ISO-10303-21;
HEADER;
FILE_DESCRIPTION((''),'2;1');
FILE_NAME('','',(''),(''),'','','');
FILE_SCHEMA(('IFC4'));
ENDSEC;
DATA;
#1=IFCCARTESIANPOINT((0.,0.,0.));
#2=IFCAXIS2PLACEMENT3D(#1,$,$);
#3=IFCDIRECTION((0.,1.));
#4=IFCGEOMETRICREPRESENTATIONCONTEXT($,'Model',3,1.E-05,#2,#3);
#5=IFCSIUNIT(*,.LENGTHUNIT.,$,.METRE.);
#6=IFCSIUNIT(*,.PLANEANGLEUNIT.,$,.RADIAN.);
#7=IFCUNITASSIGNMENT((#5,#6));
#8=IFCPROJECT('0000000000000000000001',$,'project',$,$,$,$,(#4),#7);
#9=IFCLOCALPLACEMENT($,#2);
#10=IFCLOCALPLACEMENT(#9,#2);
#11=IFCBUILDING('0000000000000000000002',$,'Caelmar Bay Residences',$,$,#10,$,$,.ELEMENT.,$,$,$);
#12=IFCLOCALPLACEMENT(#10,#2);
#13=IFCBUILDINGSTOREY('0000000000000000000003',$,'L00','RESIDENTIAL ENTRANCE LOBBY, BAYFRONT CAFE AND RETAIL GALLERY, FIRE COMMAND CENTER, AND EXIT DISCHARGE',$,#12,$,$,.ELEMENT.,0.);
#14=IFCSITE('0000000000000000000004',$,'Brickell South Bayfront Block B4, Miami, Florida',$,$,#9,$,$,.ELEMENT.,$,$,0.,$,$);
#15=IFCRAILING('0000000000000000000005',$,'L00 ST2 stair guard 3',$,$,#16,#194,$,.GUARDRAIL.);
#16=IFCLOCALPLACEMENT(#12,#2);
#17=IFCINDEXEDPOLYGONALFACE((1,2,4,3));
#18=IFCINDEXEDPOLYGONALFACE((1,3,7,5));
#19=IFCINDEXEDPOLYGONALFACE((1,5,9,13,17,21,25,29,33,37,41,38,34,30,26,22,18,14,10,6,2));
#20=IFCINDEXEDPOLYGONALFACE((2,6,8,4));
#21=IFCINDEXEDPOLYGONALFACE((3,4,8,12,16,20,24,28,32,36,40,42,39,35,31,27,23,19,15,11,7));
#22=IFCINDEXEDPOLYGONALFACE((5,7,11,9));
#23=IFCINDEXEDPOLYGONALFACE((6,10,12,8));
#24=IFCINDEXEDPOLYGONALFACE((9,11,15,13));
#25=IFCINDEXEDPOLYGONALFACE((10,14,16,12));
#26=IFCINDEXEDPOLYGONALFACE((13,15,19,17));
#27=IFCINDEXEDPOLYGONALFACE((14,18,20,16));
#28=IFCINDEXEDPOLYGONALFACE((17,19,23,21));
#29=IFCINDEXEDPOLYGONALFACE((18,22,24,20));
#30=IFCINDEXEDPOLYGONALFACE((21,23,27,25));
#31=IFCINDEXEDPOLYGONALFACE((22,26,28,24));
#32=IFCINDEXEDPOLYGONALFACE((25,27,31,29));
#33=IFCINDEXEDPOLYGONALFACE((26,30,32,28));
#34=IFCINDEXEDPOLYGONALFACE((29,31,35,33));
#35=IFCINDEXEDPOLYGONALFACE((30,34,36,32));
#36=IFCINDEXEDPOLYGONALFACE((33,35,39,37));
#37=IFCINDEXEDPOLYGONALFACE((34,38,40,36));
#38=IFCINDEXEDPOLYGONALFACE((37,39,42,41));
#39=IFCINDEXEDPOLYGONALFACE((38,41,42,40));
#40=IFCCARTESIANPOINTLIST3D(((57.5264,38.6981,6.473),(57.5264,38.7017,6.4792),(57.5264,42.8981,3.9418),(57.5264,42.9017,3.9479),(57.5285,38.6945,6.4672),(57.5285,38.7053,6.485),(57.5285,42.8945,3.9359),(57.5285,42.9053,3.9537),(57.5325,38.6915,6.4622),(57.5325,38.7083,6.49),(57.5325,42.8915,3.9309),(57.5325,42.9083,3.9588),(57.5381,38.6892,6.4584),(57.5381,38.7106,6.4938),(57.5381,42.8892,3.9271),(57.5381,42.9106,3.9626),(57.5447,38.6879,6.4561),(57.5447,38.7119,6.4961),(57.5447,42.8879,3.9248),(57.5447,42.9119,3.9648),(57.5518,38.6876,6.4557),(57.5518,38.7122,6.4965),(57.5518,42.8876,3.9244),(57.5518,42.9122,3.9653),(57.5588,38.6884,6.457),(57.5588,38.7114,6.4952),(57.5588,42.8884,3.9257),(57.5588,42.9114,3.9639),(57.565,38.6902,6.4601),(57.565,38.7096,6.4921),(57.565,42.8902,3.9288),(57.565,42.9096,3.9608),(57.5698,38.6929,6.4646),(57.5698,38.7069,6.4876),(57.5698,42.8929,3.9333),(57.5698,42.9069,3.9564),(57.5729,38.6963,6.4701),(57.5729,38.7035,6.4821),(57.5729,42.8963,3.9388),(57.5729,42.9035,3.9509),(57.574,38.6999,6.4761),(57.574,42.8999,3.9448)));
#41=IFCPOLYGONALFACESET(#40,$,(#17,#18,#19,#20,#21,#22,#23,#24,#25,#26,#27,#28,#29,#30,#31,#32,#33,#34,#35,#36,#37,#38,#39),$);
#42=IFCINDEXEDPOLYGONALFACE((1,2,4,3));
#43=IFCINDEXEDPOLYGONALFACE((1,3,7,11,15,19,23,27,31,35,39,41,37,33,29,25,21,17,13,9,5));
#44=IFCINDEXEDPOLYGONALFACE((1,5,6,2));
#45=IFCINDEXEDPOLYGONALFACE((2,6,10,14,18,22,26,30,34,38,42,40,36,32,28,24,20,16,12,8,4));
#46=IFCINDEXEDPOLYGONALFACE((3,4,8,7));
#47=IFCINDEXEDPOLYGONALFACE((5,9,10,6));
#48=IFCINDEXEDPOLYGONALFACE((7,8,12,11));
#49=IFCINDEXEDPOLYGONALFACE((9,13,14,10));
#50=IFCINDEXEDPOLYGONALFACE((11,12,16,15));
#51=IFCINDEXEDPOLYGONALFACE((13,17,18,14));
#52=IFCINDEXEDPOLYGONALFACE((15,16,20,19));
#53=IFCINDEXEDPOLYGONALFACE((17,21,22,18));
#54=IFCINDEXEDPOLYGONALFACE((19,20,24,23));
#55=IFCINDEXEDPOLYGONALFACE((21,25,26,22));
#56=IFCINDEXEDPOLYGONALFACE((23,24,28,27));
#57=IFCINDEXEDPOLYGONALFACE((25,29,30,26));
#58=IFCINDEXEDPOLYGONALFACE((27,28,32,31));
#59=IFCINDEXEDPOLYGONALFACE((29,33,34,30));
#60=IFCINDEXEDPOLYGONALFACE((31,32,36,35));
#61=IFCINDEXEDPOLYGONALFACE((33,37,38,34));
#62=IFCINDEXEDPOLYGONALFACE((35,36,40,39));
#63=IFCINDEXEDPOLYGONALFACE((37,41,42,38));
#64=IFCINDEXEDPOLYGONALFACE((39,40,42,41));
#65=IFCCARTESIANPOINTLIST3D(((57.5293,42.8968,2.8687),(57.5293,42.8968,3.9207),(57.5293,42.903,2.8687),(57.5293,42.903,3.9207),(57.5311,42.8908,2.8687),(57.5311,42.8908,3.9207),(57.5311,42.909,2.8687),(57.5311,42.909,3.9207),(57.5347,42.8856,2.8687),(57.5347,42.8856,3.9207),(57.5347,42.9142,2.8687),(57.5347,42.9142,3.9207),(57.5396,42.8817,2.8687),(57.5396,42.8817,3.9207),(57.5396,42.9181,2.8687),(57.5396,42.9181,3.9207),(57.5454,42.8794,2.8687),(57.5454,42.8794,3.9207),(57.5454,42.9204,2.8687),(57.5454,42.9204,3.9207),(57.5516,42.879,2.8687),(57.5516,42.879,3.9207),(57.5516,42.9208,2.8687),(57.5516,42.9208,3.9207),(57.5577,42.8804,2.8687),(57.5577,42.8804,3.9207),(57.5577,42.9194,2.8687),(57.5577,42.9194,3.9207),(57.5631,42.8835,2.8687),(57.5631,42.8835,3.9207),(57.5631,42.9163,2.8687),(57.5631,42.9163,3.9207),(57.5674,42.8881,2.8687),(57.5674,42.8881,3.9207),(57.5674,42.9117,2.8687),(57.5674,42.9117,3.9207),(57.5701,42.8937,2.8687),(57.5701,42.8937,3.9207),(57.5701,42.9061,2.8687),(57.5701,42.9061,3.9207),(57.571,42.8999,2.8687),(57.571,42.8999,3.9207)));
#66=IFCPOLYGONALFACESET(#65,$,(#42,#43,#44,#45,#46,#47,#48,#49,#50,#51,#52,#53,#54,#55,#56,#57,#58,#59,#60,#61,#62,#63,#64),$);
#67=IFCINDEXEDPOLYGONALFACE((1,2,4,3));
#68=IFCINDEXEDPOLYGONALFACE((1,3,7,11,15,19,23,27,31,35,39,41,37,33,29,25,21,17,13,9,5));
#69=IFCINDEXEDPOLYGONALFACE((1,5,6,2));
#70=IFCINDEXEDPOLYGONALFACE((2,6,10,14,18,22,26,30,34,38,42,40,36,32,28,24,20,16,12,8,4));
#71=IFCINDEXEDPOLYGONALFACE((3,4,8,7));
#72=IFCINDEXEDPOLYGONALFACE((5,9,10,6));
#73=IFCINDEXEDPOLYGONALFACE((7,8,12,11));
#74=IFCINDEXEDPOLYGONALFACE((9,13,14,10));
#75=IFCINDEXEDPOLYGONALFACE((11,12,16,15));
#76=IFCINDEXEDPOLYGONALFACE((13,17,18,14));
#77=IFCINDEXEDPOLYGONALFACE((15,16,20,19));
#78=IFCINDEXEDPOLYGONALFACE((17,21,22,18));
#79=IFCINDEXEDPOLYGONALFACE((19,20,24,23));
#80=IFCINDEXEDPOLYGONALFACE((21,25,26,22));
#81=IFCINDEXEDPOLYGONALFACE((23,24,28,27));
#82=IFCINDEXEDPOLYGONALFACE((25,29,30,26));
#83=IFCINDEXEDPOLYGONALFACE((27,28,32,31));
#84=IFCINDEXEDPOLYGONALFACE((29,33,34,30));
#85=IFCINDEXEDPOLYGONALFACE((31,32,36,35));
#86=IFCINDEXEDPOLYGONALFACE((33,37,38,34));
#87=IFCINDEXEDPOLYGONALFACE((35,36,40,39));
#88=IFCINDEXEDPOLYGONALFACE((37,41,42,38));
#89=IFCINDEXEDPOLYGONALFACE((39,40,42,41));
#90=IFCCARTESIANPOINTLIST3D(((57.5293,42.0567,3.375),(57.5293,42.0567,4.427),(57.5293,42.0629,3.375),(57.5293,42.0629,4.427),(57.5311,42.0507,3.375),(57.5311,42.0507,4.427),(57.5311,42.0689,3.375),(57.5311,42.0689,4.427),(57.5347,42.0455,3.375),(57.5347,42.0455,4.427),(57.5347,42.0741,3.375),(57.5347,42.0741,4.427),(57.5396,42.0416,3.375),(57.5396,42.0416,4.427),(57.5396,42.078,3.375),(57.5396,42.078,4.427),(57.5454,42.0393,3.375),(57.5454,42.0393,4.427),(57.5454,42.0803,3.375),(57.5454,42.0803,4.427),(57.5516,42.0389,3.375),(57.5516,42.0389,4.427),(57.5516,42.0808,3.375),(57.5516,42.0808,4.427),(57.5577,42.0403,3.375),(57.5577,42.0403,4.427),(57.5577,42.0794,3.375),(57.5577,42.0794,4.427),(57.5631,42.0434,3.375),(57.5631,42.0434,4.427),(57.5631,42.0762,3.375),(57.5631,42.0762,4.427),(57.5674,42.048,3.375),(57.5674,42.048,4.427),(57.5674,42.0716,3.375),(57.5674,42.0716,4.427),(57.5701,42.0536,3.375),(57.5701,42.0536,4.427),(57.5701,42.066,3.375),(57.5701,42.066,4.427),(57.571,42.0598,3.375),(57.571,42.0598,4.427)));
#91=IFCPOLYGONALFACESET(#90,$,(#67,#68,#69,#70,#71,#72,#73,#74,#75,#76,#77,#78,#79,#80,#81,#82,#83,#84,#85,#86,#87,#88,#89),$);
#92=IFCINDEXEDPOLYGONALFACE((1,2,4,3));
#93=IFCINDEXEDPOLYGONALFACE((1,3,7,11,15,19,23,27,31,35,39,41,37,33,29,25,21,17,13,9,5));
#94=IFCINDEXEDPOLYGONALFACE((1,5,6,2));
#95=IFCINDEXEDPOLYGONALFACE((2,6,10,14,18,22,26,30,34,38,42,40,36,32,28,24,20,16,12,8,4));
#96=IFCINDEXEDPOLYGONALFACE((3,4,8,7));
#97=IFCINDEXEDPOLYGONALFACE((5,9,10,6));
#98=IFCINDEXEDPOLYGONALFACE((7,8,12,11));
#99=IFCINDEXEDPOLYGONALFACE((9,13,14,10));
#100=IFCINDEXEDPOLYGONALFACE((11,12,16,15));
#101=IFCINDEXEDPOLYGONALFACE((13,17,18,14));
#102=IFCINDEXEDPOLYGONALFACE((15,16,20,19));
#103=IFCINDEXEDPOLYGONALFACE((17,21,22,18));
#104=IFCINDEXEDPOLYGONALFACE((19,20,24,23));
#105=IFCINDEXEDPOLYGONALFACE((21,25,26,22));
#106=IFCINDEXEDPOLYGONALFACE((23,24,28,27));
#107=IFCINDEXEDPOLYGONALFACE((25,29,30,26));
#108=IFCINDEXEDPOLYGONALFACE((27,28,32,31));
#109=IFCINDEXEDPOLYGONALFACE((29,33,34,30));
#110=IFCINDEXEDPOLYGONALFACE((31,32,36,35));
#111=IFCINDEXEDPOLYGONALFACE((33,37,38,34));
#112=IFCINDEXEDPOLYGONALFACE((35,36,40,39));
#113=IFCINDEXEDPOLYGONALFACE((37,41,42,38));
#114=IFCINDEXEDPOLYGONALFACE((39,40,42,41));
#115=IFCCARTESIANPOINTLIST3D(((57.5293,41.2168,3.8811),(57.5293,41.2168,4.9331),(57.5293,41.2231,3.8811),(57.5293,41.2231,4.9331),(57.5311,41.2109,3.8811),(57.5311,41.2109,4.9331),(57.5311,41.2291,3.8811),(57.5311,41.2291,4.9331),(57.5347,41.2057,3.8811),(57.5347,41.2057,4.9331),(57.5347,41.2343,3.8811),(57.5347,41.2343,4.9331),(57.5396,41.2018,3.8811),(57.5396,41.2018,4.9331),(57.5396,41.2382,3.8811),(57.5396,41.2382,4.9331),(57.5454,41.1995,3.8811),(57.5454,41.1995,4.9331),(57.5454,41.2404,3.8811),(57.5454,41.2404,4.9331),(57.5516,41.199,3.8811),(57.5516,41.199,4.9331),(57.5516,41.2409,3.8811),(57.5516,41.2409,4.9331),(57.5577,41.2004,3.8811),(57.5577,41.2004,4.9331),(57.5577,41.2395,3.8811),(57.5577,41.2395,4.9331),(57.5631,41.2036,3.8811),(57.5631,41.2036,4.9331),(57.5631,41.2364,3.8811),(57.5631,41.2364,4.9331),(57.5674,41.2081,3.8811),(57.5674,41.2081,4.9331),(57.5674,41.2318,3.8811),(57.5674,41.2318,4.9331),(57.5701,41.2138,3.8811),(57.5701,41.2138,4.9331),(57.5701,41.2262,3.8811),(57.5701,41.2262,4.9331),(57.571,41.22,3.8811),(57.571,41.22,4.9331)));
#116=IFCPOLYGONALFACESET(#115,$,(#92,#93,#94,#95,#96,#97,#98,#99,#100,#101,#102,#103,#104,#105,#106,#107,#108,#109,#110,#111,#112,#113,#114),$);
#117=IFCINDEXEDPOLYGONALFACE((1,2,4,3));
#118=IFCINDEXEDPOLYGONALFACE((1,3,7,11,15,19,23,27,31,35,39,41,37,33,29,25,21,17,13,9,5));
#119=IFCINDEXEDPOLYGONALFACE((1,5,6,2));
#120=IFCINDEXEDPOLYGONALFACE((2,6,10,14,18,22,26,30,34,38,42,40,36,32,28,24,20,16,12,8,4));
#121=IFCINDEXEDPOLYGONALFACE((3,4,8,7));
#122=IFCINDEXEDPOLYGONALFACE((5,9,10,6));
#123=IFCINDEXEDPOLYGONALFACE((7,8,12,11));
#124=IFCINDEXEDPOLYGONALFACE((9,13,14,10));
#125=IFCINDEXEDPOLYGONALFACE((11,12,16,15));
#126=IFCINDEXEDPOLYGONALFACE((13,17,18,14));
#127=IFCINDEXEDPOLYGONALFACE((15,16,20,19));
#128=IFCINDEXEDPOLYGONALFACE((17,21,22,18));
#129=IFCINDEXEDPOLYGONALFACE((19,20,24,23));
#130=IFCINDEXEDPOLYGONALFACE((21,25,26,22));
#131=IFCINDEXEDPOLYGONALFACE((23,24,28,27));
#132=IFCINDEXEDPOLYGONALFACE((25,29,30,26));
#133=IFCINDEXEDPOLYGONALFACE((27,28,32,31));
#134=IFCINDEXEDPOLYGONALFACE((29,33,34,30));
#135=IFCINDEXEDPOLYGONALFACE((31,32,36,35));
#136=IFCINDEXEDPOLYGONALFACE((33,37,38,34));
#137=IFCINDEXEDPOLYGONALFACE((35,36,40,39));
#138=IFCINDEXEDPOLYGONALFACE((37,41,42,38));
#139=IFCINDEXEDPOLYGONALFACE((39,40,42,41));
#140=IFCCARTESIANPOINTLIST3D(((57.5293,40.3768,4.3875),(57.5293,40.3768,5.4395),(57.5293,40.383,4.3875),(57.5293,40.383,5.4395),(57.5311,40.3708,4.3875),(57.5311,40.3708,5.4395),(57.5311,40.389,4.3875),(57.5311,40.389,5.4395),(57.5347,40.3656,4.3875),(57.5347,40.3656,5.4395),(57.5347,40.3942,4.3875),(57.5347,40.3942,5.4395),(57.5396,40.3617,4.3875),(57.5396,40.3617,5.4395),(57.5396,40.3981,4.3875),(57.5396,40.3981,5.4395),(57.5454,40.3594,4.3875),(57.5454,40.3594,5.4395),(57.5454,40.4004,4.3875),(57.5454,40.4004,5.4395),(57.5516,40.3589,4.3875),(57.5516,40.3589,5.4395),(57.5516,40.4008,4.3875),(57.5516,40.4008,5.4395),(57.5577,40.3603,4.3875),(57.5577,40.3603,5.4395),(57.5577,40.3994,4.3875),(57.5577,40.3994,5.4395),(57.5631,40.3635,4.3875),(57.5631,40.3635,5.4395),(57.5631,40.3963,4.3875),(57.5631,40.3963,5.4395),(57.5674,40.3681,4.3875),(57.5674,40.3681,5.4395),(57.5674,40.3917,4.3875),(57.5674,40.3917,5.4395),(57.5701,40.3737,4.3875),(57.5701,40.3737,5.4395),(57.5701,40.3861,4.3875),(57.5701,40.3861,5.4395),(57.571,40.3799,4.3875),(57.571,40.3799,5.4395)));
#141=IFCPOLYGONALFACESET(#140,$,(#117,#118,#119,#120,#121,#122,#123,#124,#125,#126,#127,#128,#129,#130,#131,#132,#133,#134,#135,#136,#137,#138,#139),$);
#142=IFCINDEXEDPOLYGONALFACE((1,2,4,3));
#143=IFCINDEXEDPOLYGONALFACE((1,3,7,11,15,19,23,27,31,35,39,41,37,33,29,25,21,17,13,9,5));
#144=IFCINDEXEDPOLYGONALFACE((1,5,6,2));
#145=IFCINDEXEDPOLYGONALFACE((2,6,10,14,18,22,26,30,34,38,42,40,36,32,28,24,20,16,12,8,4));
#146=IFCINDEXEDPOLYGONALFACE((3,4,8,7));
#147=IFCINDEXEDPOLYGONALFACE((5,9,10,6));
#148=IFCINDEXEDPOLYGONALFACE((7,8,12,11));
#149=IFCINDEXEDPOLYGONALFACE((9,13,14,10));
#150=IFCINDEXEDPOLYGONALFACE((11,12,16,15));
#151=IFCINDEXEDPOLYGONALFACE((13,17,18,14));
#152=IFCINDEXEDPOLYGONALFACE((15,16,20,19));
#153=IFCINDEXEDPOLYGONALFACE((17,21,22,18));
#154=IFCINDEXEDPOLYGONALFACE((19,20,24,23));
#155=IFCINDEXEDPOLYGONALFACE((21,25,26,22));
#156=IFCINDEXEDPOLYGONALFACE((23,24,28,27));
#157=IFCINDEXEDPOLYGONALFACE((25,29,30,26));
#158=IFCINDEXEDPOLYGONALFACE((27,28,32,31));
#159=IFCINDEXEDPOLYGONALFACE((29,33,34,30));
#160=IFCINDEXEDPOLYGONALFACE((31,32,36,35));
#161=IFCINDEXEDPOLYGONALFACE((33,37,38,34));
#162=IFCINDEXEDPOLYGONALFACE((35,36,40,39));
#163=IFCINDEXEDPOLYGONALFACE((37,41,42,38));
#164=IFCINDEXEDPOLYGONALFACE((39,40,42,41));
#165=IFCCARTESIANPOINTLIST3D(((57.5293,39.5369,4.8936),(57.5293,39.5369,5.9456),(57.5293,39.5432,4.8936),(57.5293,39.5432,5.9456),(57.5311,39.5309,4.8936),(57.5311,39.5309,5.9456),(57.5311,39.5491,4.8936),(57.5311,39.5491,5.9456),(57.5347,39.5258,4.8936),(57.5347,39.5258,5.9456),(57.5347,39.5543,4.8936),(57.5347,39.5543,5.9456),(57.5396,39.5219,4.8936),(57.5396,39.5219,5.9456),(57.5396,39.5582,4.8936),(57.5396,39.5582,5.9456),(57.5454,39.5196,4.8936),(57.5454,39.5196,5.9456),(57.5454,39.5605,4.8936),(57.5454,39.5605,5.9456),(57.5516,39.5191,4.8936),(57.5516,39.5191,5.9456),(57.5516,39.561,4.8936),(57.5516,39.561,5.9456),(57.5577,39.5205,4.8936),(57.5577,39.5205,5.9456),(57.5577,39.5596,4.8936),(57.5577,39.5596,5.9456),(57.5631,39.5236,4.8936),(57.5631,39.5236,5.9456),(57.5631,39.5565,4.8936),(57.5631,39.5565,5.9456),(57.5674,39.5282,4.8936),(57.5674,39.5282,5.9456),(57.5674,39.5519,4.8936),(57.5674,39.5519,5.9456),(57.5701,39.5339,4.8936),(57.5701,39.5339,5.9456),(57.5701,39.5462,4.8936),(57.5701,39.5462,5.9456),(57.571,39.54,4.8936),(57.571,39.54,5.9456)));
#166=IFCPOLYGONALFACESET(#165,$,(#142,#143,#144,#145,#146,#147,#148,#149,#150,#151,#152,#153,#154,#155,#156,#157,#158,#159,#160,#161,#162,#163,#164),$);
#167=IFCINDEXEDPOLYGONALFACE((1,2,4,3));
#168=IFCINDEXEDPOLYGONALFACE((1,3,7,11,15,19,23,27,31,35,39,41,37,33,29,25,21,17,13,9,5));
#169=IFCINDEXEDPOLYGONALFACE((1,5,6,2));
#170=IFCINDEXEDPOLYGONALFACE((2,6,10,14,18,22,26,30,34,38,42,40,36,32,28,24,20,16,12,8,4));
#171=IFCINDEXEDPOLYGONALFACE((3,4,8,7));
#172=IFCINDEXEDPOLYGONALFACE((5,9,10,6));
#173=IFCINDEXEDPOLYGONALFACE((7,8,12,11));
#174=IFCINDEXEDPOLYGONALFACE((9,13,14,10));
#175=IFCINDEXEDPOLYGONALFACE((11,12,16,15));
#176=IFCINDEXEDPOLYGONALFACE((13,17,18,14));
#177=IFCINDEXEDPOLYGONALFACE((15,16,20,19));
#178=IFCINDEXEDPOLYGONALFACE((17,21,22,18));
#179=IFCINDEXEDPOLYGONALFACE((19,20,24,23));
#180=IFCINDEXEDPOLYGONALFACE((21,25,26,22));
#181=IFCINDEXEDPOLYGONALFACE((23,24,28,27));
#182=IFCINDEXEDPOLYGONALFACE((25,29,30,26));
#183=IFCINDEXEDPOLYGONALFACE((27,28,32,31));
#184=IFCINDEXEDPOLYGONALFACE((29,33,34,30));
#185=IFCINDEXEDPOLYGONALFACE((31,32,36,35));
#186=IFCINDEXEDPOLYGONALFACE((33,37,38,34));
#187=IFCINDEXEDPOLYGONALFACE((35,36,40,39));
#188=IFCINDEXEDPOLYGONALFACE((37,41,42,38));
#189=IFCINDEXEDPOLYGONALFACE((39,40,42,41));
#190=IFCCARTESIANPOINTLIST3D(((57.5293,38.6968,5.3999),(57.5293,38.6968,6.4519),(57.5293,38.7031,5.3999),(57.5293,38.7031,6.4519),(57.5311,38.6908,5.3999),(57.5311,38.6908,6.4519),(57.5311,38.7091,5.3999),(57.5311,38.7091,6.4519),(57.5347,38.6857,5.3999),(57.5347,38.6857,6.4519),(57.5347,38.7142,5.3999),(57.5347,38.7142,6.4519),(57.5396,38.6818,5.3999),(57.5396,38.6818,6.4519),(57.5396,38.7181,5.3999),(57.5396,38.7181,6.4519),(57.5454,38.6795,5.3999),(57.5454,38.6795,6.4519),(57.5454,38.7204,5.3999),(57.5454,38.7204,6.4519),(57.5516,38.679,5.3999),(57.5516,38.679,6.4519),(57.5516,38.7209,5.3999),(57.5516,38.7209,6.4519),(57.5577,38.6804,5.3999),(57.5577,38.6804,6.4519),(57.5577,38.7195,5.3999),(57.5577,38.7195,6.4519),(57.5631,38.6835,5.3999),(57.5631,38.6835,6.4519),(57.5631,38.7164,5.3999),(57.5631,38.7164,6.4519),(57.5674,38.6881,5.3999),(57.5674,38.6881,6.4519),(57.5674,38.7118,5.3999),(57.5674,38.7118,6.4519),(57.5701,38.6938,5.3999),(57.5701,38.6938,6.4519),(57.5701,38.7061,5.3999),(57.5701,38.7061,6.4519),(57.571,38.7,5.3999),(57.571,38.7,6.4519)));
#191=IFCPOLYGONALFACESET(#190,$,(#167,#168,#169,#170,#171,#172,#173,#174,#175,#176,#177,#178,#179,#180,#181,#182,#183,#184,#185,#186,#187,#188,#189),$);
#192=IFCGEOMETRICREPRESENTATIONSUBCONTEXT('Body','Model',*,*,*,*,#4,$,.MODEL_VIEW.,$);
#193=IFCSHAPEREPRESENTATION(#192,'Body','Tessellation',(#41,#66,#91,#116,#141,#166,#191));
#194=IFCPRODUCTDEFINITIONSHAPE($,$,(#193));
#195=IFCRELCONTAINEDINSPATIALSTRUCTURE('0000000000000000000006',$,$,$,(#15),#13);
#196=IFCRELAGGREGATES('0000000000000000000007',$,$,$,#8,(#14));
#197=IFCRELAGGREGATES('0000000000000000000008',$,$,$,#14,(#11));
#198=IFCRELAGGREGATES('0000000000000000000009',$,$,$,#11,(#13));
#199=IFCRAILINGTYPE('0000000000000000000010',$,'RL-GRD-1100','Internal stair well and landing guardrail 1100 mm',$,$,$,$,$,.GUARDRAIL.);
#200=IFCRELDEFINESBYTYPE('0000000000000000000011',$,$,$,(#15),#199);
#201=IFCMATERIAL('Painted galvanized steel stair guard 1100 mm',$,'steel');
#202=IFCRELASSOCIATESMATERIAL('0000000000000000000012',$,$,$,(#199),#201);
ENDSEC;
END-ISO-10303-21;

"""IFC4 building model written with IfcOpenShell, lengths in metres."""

from ifc_helpers import new_model, si_unit, direction, frame, origin, origin_2d, place, context, subcontext, project, spatial, circle, extrude, material, type_object, element, save


model = new_model("IFC4")

# Units and contexts
model_context = context("Model", 3, precision=1e-05, world=origin(), true_north=direction((0.0, 1.0)))
body_context = subcontext(model_context, "Body", "Model", "MODEL_VIEW")
ifc_project = project(units=[si_unit("LENGTHUNIT", "METRE"), si_unit("PLANEANGLEUNIT", "RADIAN")], contexts=[model_context])

# Site, building, storey
site_placement = place(None, origin())
site = spatial("IfcSite", under=ifc_project, at=site_placement, Name="Brickell South Bayfront Block B4, Miami, Florida", CompositionType="ELEMENT", RefElevation=0.0)
building_placement = place(site_placement, origin())
building = spatial("IfcBuilding", under=site, at=building_placement, Name="Caelmar Bay Residences", CompositionType="ELEMENT")
storey_placement = place(building_placement, origin())
storey = spatial("IfcBuildingStorey", under=building, at=storey_placement, Name="L00", Description="RESIDENTIAL ENTRANCE LOBBY, BAYFRONT CAFE AND RETAIL GALLERY, FIRE COMMAND CENTER, AND EXIT DISCHARGE", CompositionType="ELEMENT", Elevation=0.0)

# Railing
ifc_material_1 = material(Name="Painted galvanized steel stair guard 1100 mm", Category="steel")
railing_type_1 = type_object("IfcRailingType", Name="RL-GRD-1100", Description="Internal stair well and landing guardrail 1100 mm", PredefinedType="GUARDRAIL", material=ifc_material_1)
railing_1_placement = place(storey_placement, frame((57.55, 42.8999, 2.8687)))
element("IfcRailing", 1, at=railing_1_placement, inside=storey, type_object=railing_type_1, Name="L00 ST2 stair guard 3", PredefinedType="GUARDRAIL", context=body_context, shape_type="SweptSolid", body=[
    extrude(circle(Radius=0.0239, at=origin_2d()), frame((0.0, 0.0, 1.0762), z_axis=(0.0, -0.856476, 0.516186), x_axis=(1.0, 0.0, 0.0)), (0.0, 0.0, 1.0), 4.9038),
    extrude(circle(Radius=0.021, at=origin_2d()), origin(), (0.0, 0.0, 1.0), 1.052),
    extrude(circle(Radius=0.021, at=origin_2d()), frame((0.0, -0.8401, 0.5063)), (0.0, 0.0, 1.0), 1.052),
    extrude(circle(Radius=0.021, at=origin_2d()), frame((0.0, -1.6799, 1.0125)), (0.0, 0.0, 1.0), 1.052),
    extrude(circle(Radius=0.021, at=origin_2d()), frame((0.0, -2.52, 1.5188)), (0.0, 0.0, 1.0), 1.052),
    extrude(circle(Radius=0.021, at=origin_2d()), frame((0.0, -3.3599, 2.0249)), (0.0, 0.0, 1.0), 1.052),
    extrude(circle(Radius=0.021, at=origin_2d()), frame((0.0, -4.2, 2.5312)), (0.0, 0.0, 1.0), 1.052),
])

save(model, "model.ifc")
